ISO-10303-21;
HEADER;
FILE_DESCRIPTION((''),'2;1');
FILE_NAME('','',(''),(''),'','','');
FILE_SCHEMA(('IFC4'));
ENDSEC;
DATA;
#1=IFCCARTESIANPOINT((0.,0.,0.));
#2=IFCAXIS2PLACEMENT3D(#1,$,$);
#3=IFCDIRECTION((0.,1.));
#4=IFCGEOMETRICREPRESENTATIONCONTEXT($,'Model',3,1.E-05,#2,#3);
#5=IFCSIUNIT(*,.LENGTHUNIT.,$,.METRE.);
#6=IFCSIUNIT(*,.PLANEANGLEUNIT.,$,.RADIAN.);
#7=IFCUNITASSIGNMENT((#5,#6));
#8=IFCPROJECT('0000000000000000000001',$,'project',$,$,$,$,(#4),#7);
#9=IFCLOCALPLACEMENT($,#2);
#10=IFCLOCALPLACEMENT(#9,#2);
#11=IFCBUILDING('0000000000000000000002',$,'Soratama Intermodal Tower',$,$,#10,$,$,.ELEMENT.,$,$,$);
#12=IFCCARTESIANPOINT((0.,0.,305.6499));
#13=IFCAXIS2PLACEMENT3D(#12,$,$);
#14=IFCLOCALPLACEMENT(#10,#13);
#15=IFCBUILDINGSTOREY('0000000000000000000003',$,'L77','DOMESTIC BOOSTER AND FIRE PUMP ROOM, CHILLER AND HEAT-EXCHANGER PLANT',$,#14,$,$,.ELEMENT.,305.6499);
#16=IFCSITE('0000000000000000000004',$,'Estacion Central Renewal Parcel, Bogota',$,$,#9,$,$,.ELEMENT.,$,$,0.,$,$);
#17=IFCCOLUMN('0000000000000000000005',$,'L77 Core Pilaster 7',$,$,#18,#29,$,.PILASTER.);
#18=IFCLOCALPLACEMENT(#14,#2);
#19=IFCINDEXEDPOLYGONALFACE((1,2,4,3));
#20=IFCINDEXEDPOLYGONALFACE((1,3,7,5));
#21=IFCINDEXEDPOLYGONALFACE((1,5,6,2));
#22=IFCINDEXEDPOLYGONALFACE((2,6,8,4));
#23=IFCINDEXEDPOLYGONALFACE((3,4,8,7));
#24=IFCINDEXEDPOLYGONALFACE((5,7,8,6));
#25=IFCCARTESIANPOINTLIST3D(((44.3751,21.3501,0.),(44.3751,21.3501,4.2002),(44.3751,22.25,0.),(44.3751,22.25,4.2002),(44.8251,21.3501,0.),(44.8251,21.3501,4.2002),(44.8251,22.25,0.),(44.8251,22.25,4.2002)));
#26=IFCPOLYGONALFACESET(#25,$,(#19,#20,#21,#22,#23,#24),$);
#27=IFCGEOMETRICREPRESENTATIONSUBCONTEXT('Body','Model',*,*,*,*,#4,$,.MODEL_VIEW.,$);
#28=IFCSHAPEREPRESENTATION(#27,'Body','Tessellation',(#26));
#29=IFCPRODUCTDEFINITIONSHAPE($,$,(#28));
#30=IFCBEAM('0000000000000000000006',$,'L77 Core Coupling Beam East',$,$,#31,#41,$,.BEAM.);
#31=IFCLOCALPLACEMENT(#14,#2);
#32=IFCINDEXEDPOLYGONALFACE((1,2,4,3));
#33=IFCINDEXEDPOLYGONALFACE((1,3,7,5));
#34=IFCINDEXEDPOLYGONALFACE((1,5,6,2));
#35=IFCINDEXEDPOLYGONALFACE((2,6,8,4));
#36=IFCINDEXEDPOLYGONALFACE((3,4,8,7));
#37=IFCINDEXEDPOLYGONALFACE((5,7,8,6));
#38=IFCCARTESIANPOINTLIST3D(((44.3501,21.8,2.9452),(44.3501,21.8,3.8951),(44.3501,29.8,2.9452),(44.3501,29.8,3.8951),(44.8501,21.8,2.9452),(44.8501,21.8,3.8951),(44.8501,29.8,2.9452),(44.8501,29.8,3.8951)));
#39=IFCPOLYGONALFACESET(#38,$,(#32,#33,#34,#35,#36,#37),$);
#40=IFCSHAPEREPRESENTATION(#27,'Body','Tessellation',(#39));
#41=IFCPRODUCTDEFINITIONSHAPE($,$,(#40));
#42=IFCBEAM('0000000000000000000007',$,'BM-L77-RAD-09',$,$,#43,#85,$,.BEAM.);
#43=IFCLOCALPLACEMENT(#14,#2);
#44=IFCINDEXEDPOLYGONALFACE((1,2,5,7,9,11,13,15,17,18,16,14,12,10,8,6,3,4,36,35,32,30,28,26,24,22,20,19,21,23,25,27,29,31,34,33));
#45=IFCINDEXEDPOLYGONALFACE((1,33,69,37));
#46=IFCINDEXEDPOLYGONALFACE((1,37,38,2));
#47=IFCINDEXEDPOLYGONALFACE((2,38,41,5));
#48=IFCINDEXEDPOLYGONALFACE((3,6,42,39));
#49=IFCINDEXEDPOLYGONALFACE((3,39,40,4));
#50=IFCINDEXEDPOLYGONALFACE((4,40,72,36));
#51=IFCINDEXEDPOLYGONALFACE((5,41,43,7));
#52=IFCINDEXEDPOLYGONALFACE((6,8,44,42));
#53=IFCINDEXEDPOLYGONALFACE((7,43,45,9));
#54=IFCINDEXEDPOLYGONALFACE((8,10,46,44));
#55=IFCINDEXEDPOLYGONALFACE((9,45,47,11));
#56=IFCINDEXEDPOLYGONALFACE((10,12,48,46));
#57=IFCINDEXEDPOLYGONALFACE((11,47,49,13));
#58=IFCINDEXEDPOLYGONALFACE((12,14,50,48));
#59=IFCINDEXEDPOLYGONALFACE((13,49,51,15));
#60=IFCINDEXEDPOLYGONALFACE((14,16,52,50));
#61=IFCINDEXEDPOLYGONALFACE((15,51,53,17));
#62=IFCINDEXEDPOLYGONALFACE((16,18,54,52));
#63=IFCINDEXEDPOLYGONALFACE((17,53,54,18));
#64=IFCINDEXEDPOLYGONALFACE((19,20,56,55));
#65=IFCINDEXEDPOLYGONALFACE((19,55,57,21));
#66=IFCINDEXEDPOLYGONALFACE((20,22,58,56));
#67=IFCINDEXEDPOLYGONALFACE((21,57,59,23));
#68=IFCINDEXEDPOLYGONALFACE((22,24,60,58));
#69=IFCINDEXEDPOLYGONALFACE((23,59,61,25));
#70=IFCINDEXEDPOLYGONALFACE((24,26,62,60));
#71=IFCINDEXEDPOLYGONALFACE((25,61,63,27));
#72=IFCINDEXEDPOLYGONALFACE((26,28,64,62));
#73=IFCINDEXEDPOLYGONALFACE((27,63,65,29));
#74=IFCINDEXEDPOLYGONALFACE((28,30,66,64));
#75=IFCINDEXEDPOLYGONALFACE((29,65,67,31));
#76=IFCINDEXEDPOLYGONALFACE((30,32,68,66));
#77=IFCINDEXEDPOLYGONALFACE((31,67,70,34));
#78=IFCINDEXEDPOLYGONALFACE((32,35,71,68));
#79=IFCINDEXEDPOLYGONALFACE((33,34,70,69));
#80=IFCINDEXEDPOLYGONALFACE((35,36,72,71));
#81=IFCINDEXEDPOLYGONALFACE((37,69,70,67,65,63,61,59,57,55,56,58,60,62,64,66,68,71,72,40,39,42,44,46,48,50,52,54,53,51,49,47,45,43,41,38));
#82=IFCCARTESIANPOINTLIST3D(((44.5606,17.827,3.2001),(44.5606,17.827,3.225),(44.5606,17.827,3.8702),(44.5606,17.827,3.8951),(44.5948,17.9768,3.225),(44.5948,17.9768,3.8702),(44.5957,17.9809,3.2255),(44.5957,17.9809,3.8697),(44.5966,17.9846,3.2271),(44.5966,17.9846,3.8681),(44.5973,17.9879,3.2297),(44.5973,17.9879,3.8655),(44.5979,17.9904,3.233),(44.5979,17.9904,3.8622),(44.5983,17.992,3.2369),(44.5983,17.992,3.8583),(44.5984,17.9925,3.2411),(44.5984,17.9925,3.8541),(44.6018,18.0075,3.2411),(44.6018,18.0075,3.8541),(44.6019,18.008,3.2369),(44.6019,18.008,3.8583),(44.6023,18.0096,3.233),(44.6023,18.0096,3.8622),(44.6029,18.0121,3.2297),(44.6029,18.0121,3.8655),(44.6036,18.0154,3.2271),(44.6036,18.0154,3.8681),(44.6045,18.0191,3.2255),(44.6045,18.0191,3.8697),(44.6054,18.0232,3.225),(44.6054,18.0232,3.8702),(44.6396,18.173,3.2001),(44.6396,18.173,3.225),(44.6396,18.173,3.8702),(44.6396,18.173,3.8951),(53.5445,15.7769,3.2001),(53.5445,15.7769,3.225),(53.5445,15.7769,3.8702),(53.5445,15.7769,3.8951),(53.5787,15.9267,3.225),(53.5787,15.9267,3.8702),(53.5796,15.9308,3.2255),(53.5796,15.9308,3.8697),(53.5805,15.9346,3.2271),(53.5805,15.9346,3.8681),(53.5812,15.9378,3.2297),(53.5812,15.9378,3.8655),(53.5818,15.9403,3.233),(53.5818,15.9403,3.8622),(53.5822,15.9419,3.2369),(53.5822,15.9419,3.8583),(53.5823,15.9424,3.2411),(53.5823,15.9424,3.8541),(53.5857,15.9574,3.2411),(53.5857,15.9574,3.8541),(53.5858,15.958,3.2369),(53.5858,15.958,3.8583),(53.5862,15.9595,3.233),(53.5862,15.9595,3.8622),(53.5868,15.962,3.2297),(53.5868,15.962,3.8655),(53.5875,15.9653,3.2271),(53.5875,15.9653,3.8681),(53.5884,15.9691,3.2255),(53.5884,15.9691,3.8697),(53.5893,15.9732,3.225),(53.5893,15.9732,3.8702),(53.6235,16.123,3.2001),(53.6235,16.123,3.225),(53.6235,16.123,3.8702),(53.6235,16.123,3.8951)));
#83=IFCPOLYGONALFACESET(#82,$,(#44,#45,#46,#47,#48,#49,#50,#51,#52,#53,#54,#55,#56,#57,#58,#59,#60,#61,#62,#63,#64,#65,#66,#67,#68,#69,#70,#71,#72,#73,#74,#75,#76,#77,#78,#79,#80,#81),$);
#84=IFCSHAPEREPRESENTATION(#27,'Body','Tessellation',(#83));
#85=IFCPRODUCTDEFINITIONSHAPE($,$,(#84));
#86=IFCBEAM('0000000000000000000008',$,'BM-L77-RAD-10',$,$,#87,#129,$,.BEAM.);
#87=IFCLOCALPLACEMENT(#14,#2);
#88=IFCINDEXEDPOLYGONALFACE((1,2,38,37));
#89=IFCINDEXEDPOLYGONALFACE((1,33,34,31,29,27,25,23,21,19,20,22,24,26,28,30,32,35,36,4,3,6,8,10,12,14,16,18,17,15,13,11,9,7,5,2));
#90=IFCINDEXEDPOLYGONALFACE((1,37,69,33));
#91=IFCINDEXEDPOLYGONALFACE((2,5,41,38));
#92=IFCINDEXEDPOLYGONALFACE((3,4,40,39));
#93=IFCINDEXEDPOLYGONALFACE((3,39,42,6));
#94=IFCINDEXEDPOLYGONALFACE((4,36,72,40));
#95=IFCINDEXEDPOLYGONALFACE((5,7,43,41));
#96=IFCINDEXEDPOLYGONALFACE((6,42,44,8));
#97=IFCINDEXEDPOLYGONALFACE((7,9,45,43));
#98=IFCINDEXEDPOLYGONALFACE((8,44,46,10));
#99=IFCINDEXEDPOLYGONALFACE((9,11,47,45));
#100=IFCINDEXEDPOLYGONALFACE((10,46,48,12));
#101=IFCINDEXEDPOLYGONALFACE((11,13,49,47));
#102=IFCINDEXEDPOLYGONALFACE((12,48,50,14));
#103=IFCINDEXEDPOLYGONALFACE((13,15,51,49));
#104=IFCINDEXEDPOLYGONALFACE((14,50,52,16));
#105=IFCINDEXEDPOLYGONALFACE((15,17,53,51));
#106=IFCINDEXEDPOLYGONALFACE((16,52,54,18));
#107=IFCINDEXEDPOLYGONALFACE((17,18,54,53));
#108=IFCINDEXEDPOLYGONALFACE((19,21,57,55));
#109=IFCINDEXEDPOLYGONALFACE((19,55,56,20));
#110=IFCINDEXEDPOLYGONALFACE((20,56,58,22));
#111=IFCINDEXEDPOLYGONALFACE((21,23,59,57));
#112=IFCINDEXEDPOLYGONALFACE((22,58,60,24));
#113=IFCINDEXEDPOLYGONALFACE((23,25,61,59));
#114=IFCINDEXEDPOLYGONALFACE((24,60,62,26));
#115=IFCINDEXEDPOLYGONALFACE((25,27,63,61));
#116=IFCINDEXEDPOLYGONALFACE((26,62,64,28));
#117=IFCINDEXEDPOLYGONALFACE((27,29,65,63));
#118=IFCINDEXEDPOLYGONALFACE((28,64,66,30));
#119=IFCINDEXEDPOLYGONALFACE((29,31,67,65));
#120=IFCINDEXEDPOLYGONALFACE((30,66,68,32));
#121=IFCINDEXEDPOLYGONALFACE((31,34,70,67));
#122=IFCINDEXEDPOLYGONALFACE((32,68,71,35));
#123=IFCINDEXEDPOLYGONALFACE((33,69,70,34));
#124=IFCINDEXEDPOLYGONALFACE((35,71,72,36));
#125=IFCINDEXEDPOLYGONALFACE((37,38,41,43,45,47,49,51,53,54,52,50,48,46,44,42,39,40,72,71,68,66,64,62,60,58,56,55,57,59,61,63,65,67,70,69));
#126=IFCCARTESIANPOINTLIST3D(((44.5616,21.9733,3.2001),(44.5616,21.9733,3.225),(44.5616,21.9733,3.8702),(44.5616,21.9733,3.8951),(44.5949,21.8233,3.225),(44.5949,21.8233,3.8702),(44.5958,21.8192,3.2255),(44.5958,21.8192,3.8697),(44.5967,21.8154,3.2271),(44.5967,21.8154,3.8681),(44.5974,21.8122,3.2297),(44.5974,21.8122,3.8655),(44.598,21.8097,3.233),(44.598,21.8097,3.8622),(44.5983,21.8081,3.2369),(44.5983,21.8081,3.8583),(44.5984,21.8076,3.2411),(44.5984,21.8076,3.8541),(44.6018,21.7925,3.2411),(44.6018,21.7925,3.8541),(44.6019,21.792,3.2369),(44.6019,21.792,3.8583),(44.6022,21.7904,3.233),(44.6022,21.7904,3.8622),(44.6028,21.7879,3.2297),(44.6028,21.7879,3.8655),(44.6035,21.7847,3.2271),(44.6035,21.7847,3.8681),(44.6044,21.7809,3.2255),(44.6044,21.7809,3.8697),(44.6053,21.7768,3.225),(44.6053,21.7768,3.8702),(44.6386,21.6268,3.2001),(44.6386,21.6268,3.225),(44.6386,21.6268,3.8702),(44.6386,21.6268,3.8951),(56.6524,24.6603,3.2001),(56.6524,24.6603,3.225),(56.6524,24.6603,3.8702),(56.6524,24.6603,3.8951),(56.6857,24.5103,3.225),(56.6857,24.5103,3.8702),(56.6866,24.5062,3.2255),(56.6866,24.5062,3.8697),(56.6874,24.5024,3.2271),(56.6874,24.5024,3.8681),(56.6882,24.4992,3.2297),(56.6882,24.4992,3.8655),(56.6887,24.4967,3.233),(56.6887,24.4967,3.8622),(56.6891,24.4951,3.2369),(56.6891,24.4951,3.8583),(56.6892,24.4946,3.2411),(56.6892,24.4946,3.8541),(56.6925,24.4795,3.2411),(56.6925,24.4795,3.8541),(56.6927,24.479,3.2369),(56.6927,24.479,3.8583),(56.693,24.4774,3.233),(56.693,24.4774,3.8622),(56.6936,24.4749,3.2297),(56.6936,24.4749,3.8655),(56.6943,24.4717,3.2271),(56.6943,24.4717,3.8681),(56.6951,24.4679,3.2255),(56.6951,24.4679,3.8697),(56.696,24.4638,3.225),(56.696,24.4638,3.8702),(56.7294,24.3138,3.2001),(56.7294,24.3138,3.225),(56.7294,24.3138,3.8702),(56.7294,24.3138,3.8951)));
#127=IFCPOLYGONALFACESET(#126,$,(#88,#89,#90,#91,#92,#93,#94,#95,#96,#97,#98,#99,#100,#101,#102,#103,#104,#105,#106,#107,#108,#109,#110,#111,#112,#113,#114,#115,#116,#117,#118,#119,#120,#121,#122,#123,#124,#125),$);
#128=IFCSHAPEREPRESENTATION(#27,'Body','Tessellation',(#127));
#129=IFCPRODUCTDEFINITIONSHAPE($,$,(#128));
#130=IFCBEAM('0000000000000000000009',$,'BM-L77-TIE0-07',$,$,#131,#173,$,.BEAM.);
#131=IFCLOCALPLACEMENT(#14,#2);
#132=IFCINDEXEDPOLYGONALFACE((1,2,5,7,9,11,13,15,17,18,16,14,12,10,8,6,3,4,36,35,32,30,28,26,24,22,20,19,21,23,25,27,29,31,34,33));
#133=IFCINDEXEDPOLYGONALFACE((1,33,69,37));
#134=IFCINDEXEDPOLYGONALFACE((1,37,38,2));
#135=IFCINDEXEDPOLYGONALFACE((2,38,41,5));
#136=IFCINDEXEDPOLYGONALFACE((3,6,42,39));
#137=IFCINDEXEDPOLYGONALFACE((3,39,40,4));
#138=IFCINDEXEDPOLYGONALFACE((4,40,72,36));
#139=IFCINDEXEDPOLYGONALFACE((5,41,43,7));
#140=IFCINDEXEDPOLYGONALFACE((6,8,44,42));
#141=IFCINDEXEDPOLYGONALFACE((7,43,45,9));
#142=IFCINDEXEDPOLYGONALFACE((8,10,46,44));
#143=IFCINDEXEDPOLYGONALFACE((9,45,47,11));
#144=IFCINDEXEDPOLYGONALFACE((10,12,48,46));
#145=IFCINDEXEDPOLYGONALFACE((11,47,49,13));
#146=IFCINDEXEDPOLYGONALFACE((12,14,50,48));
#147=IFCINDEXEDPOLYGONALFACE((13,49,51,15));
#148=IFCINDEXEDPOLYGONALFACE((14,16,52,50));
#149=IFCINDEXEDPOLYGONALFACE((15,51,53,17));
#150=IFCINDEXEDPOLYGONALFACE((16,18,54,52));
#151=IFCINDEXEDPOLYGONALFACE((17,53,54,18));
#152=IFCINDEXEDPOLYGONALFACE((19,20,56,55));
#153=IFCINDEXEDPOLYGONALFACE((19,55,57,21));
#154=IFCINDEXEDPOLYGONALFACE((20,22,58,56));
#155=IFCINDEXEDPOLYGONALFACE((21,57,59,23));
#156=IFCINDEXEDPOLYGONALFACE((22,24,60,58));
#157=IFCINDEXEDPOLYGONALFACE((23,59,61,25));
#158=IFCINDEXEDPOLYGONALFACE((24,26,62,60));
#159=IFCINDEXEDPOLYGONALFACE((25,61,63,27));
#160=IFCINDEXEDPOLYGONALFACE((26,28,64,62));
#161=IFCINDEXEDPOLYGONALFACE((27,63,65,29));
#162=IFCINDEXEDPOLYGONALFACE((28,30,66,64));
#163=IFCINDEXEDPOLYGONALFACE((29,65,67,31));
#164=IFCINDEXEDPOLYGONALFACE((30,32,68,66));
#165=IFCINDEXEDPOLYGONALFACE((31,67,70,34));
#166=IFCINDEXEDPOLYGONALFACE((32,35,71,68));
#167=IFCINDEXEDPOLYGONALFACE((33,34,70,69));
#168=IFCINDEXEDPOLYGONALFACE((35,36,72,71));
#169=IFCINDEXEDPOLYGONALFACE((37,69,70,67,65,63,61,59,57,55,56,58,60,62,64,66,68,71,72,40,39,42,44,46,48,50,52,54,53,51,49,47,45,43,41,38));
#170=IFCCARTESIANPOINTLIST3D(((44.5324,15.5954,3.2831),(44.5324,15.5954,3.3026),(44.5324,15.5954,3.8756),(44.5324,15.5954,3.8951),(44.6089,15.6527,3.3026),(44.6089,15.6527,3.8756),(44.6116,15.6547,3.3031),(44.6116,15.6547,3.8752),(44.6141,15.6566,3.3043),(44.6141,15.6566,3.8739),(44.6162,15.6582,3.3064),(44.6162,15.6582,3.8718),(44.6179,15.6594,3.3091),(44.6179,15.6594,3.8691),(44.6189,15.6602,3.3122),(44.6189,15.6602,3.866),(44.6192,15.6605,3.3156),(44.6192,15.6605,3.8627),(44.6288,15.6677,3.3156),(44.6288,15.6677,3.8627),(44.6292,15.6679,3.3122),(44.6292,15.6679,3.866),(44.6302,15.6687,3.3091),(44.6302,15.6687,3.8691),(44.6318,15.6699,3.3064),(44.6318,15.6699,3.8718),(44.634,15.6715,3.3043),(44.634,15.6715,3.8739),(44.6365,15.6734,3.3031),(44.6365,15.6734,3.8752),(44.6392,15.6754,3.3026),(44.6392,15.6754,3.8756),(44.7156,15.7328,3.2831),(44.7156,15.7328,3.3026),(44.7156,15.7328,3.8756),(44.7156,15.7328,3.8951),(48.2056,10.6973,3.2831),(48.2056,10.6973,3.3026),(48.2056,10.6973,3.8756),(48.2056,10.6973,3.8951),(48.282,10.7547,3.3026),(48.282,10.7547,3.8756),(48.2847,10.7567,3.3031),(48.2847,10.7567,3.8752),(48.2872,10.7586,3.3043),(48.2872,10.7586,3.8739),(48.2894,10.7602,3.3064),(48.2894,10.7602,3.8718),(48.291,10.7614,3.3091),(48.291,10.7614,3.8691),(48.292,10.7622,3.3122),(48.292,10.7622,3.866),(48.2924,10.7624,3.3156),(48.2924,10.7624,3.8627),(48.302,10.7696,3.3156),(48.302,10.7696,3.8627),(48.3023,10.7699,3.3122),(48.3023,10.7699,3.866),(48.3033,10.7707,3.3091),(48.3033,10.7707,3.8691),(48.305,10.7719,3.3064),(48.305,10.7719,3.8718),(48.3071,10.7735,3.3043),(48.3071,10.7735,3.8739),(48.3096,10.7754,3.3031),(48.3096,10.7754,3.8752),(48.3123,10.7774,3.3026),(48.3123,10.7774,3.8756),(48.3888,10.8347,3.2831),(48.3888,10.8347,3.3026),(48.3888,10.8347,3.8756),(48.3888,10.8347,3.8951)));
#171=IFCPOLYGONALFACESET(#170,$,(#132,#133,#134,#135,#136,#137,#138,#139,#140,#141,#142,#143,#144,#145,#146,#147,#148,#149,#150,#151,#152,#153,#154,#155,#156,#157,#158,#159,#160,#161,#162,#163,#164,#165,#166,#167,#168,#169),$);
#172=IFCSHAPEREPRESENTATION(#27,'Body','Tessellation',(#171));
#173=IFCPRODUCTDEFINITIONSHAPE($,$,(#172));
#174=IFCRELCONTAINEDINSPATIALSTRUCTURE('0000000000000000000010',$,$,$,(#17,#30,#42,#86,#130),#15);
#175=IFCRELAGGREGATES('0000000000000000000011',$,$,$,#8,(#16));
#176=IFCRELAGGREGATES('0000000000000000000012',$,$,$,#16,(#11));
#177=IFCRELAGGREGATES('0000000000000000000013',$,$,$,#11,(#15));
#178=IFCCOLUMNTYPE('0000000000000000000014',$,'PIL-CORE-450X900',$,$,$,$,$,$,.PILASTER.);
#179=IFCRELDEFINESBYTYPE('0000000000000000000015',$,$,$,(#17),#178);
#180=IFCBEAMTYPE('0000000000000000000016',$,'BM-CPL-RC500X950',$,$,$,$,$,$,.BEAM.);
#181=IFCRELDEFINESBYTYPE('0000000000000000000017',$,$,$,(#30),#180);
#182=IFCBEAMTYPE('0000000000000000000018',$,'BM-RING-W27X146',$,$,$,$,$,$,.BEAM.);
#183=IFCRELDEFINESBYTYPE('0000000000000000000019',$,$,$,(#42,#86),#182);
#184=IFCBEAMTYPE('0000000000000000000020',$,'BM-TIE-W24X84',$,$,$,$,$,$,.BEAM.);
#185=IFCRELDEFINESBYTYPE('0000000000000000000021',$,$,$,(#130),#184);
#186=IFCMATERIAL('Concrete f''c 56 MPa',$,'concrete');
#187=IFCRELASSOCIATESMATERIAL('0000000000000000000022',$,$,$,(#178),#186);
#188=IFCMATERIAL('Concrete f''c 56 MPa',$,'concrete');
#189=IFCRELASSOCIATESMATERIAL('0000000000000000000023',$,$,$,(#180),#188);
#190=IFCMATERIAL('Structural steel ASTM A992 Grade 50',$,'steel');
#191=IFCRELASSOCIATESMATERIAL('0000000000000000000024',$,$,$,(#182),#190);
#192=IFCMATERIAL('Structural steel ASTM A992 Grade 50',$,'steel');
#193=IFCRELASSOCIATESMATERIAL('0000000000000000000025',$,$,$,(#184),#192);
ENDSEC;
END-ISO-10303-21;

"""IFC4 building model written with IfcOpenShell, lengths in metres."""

from ifc_helpers import new_model, si_unit, direction, frame, origin, origin_2d, place, context, subcontext, project, spatial, rectangle, i_section, extrude, material, material_profile, profile_set, type_object, element, save


model = new_model("IFC4")

# Units and contexts
model_context = context("Model", 3, precision=1e-05, world=origin(), true_north=direction((0.0, 1.0)))
body_context = subcontext(model_context, "Body", "Model", "MODEL_VIEW")
ifc_project = project(units=[si_unit("LENGTHUNIT", "METRE"), si_unit("PLANEANGLEUNIT", "RADIAN")], contexts=[model_context])

# Site, building, storey
site_placement = place(None, origin())
site = spatial("IfcSite", under=ifc_project, at=site_placement, Name="Estacion Central Renewal Parcel, Bogota", CompositionType="ELEMENT", RefElevation=0.0)
building_placement = place(site_placement, origin())
building = spatial("IfcBuilding", under=site, at=building_placement, Name="Soratama Intermodal Tower", CompositionType="ELEMENT")
storey_placement = place(building_placement, frame((0.0, 0.0, 305.6499)))
storey = spatial("IfcBuildingStorey", under=building, at=storey_placement, Name="L77", Description="DOMESTIC BOOSTER AND FIRE PUMP ROOM, CHILLER AND HEAT-EXCHANGER PLANT", CompositionType="ELEMENT", Elevation=305.6499)

# Column
ifc_material_1 = material(Name="Concrete f'c 56 MPa", Category="concrete")
ifc_material_profile_1 = material_profile(ifc_material_1, rectangle(XDim=0.45, YDim=0.8999, at=origin_2d()), Name="RC450X900")
ifc_profile_set_1 = profile_set([ifc_material_profile_1], Name="Concrete f'c 56 MPa")
column_type = type_object("IfcColumnType", Name="PIL-CORE-450X900", PredefinedType="PILASTER", material=ifc_profile_set_1)
column_placement = place(storey_placement, frame((44.6001, 21.8, 0.0), z_axis=(0.0, 0.0, 1.0), x_axis=(1.0, 0.0, 0.0)))
element("IfcColumn", 1, at=column_placement, inside=storey, type_object=column_type, Name="L77 Core Pilaster 7", PredefinedType="PILASTER", context=body_context, shape_type="SweptSolid", body=[
    extrude(rectangle(XDim=0.45, YDim=0.8999, at=origin_2d()), origin(), (0.0, 0.0, 1.0), 4.2002),
])

# Beams
ifc_material_2 = material(Name="Concrete f'c 56 MPa", Category="concrete")
ifc_material_profile_2 = material_profile(ifc_material_2, rectangle(XDim=0.5, YDim=0.95, at=origin_2d()), Name="RC500X950")
ifc_profile_set_2 = profile_set([ifc_material_profile_2], Name="Concrete f'c 56 MPa")
beam_type_1 = type_object("IfcBeamType", Name="BM-CPL-RC500X950", PredefinedType="BEAM", material=ifc_profile_set_2)
beam_1_placement = place(storey_placement, frame((44.6001, 21.8, 3.4202), z_axis=(0.0, 1.0, 0.0), x_axis=(-1.0, 0.0, 0.0)))
element("IfcBeam", 2, at=beam_1_placement, inside=storey, type_object=beam_type_1, Name="L77 Core Coupling Beam East", PredefinedType="BEAM", context=body_context, shape_type="SweptSolid", body=[
    extrude(rectangle(XDim=0.5, YDim=0.95, at=origin_2d()), origin(), (0.0, 0.0, 1.0), 8.0),
])
ifc_material_3 = material(Name="Structural steel ASTM A992 Grade 50", Category="steel")
ifc_material_profile_3 = material_profile(ifc_material_3, i_section(OverallWidth=0.355, OverallDepth=0.6951, WebThickness=0.0154, FlangeThickness=0.0249, FilletRadius=0.0161, at=origin_2d()), Name="W27X146")
ifc_profile_set_3 = profile_set([ifc_material_profile_3], Name="Structural steel ASTM A992 Grade 50")
beam_type_2 = type_object("IfcBeamType", Name="BM-RING-W27X146", PredefinedType="BEAM", material=ifc_profile_set_3)
beam_2_placement = place(storey_placement, frame((44.6001, 18.0, 3.5476), z_axis=(0.974939, -0.222473, 0.0), x_axis=(0.222473, 0.974939, 0.0)))
element("IfcBeam", 3, at=beam_2_placement, inside=storey, type_object=beam_type_2, Name="BM-L77-RAD-09", PredefinedType="BEAM", context=body_context, shape_type="SweptSolid", body=[
    extrude(i_section(OverallWidth=0.355, OverallDepth=0.6951, WebThickness=0.0154, FlangeThickness=0.0249, FilletRadius=0.0161, at=origin_2d()), origin(), (0.0, 0.0, 1.0), 9.2148),
])
beam_3_placement = place(storey_placement, frame((44.6001, 21.8, 3.5476), z_axis=(0.976184, 0.216943, 0.0), x_axis=(-0.216943, 0.976184, 0.0)))
element("IfcBeam", 4, at=beam_3_placement, inside=storey, type_object=beam_type_2, Name="BM-L77-RAD-10", PredefinedType="BEAM", context=body_context, shape_type="SweptSolid", body=[
    extrude(i_section(OverallWidth=0.355, OverallDepth=0.6951, WebThickness=0.0154, FlangeThickness=0.0249, FilletRadius=0.0161, at=origin_2d()), origin(), (0.0, 0.0, 1.0), 12.3857),
])
ifc_material_4 = material(Name="Structural steel ASTM A992 Grade 50", Category="steel")
ifc_material_profile_4 = material_profile(ifc_material_4, i_section(OverallWidth=0.229, OverallDepth=0.6121, WebThickness=0.012, FlangeThickness=0.0195, FilletRadius=0.0129, at=origin_2d()), Name="W24X84")
ifc_profile_set_4 = profile_set([ifc_material_profile_4], Name="Structural steel ASTM A992 Grade 50")
beam_type_3 = type_object("IfcBeamType", Name="BM-TIE-W24X84", PredefinedType="BEAM", material=ifc_profile_set_4)
beam_4_placement = place(storey_placement, frame((44.624, 15.6641, 3.5891), z_axis=(0.599962, -0.800029, 0.0), x_axis=(0.800029, 0.599962, 0.0)))
element("IfcBeam", 5, at=beam_4_placement, inside=storey, type_object=beam_type_3, Name="BM-L77-TIE0-07", PredefinedType="BEAM", context=body_context, shape_type="SweptSolid", body=[
    extrude(i_section(OverallWidth=0.229, OverallDepth=0.6121, WebThickness=0.012, FlangeThickness=0.0195, FilletRadius=0.0129, at=origin_2d()), origin(), (0.0, 0.0, 1.0), 6.1223),
])

save(model, "model.ifc")
